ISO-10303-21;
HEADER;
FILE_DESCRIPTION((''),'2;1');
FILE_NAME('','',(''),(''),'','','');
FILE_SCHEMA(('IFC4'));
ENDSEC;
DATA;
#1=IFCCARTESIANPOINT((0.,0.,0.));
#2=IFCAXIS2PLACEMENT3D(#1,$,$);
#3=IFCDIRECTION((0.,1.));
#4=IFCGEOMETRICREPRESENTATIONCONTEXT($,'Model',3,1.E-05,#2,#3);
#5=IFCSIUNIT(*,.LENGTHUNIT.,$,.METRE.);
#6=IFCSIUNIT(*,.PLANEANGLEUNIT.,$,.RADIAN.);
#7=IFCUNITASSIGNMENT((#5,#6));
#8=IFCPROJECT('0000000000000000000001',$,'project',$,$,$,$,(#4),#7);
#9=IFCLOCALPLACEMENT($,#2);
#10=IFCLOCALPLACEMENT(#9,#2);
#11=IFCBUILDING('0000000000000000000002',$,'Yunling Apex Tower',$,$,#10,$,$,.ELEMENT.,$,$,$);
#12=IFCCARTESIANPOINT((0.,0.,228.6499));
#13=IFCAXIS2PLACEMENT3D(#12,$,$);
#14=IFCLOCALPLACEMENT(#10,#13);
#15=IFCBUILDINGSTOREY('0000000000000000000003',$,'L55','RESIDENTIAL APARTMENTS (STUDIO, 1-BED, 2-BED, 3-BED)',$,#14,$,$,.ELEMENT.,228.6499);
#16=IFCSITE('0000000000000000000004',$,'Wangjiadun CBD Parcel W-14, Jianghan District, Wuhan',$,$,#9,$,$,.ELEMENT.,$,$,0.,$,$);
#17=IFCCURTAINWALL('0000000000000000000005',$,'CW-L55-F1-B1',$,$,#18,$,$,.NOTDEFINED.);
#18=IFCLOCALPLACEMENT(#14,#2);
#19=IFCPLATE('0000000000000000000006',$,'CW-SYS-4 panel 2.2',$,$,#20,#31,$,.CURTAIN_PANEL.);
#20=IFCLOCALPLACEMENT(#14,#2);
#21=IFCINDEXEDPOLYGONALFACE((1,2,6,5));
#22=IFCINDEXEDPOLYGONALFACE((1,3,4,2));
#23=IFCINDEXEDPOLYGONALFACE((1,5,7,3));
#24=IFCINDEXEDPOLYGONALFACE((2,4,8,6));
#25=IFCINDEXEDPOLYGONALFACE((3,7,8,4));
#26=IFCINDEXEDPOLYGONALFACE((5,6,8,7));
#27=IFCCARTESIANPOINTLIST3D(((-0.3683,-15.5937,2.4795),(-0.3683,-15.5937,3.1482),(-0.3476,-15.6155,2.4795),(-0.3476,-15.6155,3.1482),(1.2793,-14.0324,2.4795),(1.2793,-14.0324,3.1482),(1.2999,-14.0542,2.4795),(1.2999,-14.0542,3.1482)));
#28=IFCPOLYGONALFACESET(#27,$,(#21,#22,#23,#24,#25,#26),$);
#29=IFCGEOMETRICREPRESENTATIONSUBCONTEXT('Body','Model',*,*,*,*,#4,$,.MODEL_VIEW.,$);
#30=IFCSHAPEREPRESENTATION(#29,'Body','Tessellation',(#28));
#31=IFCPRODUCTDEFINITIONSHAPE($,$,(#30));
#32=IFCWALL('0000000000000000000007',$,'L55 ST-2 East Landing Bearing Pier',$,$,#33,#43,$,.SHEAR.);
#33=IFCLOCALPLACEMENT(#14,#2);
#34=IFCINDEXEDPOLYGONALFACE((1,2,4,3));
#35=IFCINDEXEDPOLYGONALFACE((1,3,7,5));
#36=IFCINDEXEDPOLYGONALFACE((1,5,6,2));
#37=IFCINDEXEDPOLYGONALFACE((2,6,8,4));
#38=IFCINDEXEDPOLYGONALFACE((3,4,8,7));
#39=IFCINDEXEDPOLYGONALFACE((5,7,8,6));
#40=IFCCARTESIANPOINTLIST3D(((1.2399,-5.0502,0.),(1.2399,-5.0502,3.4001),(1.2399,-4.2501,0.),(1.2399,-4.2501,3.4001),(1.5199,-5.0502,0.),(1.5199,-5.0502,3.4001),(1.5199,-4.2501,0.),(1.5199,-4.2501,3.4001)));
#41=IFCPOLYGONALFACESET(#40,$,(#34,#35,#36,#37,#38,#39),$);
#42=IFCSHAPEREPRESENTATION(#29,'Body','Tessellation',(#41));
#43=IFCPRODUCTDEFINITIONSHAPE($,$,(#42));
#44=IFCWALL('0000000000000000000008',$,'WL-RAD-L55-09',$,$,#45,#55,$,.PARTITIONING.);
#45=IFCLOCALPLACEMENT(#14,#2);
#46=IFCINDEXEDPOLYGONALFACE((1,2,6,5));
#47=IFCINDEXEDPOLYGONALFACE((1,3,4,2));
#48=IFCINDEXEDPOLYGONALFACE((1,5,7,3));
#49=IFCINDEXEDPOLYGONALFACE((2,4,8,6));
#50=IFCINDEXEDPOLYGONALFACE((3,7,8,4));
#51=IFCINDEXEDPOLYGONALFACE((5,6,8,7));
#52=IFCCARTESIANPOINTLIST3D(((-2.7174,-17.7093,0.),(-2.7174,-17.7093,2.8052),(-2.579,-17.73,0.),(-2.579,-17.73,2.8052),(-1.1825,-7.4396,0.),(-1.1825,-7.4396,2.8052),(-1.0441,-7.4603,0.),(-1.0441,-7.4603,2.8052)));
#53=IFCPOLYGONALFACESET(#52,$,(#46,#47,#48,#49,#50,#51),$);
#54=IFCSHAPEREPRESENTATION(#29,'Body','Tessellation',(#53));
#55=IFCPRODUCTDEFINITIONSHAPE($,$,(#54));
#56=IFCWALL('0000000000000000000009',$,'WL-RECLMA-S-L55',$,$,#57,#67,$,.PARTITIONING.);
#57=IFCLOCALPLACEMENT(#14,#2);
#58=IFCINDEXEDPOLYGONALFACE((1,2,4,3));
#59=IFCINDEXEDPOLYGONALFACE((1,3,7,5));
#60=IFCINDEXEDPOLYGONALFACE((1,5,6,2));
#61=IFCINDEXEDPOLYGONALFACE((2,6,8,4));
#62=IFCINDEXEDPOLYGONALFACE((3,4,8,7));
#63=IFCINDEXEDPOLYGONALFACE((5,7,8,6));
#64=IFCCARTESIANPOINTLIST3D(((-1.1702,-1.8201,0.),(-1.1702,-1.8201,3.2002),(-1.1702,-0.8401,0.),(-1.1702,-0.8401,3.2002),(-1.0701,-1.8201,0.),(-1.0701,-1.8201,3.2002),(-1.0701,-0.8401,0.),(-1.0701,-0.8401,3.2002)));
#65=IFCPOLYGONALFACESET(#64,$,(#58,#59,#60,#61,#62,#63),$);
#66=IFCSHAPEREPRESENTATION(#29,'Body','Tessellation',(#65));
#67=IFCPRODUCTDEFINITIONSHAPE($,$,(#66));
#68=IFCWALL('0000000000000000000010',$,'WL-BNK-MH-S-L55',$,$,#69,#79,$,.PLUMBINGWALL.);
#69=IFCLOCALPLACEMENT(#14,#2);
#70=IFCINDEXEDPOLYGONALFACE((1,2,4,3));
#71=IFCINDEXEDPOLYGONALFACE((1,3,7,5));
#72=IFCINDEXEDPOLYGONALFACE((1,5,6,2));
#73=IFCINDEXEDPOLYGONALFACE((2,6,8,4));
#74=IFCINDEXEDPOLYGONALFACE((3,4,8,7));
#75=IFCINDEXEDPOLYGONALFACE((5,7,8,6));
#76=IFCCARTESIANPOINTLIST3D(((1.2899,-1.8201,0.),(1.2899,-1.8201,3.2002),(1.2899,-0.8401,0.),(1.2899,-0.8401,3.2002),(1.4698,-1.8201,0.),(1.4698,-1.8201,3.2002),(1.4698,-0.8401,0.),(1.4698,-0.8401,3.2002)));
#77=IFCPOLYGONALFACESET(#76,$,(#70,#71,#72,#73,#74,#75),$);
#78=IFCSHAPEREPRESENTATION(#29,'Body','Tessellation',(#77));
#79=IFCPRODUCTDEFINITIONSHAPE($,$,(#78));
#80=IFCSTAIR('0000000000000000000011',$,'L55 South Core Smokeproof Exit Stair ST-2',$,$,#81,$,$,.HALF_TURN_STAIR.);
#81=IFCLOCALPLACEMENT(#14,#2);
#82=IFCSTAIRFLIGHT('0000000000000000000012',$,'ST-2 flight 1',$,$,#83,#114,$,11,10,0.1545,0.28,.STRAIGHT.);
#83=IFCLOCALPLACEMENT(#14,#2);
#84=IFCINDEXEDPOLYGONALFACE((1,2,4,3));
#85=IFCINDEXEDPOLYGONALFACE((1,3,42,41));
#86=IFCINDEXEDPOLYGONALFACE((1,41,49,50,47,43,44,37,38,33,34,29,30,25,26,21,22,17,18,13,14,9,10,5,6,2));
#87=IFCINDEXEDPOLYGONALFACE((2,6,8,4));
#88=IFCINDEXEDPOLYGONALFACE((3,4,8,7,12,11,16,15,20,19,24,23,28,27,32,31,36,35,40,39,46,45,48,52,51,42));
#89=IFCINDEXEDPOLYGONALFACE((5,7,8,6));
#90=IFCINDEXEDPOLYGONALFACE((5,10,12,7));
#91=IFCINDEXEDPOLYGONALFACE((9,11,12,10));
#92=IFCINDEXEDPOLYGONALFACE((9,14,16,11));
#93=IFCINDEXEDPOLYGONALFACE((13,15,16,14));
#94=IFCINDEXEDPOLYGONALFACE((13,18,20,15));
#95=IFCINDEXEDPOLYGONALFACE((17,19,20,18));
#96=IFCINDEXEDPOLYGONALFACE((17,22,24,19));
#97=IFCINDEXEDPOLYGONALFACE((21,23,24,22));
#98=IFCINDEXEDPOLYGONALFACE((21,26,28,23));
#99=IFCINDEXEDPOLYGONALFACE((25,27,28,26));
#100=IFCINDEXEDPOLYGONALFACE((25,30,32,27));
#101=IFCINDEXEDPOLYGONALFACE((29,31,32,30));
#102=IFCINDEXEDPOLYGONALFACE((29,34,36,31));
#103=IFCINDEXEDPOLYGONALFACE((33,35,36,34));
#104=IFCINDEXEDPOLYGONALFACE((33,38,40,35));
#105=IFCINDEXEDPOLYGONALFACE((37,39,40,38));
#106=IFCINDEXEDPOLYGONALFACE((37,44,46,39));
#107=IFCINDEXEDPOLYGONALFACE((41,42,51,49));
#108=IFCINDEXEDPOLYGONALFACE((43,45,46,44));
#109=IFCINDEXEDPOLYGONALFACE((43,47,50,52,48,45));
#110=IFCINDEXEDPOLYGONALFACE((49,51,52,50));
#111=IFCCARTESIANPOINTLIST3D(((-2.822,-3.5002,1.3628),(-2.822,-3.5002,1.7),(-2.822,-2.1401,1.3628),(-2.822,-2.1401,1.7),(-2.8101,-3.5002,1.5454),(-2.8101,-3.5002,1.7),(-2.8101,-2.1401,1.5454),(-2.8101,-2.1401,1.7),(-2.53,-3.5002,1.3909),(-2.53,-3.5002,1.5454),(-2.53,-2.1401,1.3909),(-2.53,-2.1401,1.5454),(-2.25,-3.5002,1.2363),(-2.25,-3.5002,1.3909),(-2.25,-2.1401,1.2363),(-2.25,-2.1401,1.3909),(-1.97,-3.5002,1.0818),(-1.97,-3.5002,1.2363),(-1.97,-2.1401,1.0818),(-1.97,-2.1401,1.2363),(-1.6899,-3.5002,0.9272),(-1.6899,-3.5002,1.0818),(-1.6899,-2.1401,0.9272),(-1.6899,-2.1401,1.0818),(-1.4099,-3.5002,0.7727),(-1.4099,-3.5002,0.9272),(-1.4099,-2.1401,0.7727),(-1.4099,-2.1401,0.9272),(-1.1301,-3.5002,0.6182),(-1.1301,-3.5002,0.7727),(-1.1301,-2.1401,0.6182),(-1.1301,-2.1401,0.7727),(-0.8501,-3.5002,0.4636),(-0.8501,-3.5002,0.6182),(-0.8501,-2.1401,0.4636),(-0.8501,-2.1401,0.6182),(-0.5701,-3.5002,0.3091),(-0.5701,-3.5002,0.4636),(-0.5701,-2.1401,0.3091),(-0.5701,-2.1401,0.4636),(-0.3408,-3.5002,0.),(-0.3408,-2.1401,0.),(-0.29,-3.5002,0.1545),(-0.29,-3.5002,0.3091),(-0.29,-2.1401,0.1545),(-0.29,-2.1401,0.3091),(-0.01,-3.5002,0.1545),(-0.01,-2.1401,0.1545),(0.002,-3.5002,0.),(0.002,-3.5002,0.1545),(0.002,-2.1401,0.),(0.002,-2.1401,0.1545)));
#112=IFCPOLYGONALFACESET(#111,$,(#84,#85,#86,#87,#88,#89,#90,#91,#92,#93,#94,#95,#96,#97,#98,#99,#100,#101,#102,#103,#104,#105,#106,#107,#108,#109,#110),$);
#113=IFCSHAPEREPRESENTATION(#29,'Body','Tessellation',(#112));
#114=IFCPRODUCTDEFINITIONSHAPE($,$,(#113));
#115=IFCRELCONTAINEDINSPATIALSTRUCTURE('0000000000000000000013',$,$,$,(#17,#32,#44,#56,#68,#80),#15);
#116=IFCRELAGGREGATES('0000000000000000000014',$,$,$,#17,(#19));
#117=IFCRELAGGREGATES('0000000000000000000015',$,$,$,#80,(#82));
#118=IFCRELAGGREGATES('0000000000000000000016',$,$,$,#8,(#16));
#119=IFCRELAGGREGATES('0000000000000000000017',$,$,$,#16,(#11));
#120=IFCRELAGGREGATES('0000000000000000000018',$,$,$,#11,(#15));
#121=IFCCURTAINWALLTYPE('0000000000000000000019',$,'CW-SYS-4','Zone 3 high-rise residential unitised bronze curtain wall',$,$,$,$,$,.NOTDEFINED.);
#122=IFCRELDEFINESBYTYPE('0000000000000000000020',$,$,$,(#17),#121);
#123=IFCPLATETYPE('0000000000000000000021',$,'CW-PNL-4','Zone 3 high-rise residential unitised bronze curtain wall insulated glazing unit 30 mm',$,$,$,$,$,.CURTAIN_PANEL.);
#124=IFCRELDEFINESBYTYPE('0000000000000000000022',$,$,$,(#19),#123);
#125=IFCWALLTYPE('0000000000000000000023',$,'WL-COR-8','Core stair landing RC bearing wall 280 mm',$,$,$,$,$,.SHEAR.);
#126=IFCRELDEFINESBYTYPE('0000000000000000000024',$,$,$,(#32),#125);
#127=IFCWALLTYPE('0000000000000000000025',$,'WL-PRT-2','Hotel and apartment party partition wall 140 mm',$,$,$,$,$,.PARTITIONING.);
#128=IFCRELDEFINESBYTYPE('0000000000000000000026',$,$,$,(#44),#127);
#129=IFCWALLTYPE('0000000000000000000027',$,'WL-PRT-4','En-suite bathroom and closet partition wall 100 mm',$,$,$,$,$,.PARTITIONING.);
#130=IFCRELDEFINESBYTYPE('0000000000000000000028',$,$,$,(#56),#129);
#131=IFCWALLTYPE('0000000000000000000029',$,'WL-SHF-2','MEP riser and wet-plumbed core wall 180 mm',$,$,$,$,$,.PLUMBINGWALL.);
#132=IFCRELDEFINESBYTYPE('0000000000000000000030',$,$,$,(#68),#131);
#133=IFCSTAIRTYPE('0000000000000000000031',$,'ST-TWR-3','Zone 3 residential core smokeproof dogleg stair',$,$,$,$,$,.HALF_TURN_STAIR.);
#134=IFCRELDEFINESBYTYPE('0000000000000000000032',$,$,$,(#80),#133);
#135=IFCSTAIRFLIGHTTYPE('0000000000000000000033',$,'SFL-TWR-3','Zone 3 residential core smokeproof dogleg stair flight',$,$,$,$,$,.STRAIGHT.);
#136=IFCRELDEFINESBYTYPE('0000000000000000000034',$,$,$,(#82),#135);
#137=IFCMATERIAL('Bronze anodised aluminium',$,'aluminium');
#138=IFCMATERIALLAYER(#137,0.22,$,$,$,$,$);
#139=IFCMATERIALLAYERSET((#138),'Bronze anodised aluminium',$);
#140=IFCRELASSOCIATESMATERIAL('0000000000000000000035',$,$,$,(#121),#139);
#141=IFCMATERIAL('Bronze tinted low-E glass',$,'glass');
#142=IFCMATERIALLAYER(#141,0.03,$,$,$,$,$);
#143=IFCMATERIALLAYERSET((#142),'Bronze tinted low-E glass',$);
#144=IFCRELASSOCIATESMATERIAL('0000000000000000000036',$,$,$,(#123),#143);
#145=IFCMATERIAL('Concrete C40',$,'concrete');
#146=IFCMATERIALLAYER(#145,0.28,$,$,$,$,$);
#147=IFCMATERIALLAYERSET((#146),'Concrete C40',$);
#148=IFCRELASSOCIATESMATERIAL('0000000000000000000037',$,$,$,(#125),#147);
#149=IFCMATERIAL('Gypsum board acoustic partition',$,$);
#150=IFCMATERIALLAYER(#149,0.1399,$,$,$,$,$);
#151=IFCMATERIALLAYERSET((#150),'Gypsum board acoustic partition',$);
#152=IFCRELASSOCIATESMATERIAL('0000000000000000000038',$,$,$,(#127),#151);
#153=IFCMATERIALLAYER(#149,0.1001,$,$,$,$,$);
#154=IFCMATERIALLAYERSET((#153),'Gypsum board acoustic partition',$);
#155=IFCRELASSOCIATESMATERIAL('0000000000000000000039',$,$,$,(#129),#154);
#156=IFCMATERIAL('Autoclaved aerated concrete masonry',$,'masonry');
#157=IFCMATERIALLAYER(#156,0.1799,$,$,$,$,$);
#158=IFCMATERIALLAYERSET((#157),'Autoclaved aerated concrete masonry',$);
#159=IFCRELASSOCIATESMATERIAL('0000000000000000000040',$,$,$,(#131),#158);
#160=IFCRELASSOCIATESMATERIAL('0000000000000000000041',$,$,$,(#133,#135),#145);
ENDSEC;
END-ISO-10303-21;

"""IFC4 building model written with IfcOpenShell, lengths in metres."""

from ifc_helpers import new_model, si_unit, direction, frame, frame_2d, origin, origin_2d, place, context, subcontext, project, spatial, polyline, rectangle, outline, extrude, source, transform, mapped, material, layer, layer_set, type_object, element, aggregate, save


model = new_model("IFC4")

# Units and contexts
model_context = context("Model", 3, precision=1e-05, world=origin(), true_north=direction((0.0, 1.0)))
body_context = subcontext(model_context, "Body", "Model", "MODEL_VIEW")
ifc_project = project(units=[si_unit("LENGTHUNIT", "METRE"), si_unit("PLANEANGLEUNIT", "RADIAN")], contexts=[model_context])

# Site, building, storey
site_placement = place(None, origin())
site = spatial("IfcSite", under=ifc_project, at=site_placement, Name="Wangjiadun CBD Parcel W-14, Jianghan District, Wuhan", CompositionType="ELEMENT", RefElevation=0.0)
building_placement = place(site_placement, origin())
building = spatial("IfcBuilding", under=site, at=building_placement, Name="Yunling Apex Tower", CompositionType="ELEMENT")
storey_placement = place(building_placement, frame((0.0, 0.0, 228.6499)))
storey = spatial("IfcBuildingStorey", under=building, at=storey_placement, Name="L55", Description="RESIDENTIAL APARTMENTS (STUDIO, 1-BED, 2-BED, 3-BED)", CompositionType="ELEMENT", Elevation=228.6499)

# Curtain wall
ifc_material_1 = material(Name="Bronze anodised aluminium", Category="aluminium")
ifc_layer_1 = layer(ifc_material_1, 0.22)
ifc_layer_set_1 = layer_set([ifc_layer_1], Name="Bronze anodised aluminium")
curtain_wall_type = type_object("IfcCurtainWallType", Name="CW-SYS-4", Description="Zone 3 high-rise residential unitised bronze curtain wall", PredefinedType="NOTDEFINED", material=ifc_layer_set_1)
curtain_wall_1_placement = place(storey_placement, origin())
curtain_wall_1 = element("IfcCurtainWall", 1, at=curtain_wall_1_placement, inside=storey, type_object=curtain_wall_type, Name="CW-L55-F1-B1", PredefinedType="NOTDEFINED")

# Plate
ifc_material_2 = material(Name="Bronze tinted low-E glass", Category="glass")
ifc_layer_2 = layer(ifc_material_2, 0.03)
ifc_layer_set_2 = layer_set([ifc_layer_2], Name="Bronze tinted low-E glass")
plate_type = type_object("IfcPlateType", Name="CW-PNL-4", Description="Zone 3 high-rise residential unitised bronze curtain wall insulated glazing unit 30 mm", PredefinedType="CURTAIN_PANEL", material=ifc_layer_set_2)
shared_shape_1 = source(origin(), body_context, "Body", "SweptSolid", [
    extrude(rectangle(XDim=2.2698, YDim=0.03, at=origin_2d()), origin(), (0.0, 0.0, 1.0), 0.6687),
])
plate_1_placement = place(storey_placement, frame((0.4658, -14.824, 2.4795), z_axis=(0.0, 0.0, 1.0), x_axis=(0.725855, 0.687848, 0.0)))
plate_1 = element("IfcPlate", 2, at=plate_1_placement, type_object=plate_type, Name="CW-SYS-4 panel 2.2", PredefinedType="CURTAIN_PANEL", context=body_context, shape_type="MappedRepresentation", body=[
    mapped(shared_shape_1, transform((0.0, 0.0, 0.0), scale=1.0)),
])
aggregate(curtain_wall_1, [plate_1])

# Walls
ifc_material_3 = material(Name="Concrete C40", Category="concrete")
ifc_layer_3 = layer(ifc_material_3, 0.28)
ifc_layer_set_3 = layer_set([ifc_layer_3], Name="Concrete C40")
wall_type_1 = type_object("IfcWallType", Name="WL-COR-8", Description="Core stair landing RC bearing wall 280 mm", PredefinedType="SHEAR", material=ifc_layer_set_3)
wall_1_placement = place(storey_placement, frame((1.3799, -5.05, 0.0), z_axis=(0.0, 0.0, 1.0), x_axis=(0.0, 1.0, 0.0)))
element("IfcWall", 3, at=wall_1_placement, inside=storey, type_object=wall_type_1, Name="L55 ST-2 East Landing Bearing Pier", PredefinedType="SHEAR", context=body_context, shape_type="SweptSolid", body=[
    extrude(rectangle(XDim=0.8, YDim=0.28, at=frame_2d((0.3999, 0.0))), origin(), (0.0, 0.0, 1.0), 3.4001),
])
ifc_material_4 = material(Name="Gypsum board acoustic partition")
ifc_layer_4 = layer(ifc_material_4, 0.1399)
ifc_layer_set_4 = layer_set([ifc_layer_4], Name="Gypsum board acoustic partition")
wall_type_2 = type_object("IfcWallType", Name="WL-PRT-2", Description="Hotel and apartment party partition wall 140 mm", PredefinedType="PARTITIONING", material=ifc_layer_set_4)
wall_2_placement = place(storey_placement, frame((-1.1133, -7.45, 0.0), z_axis=(0.0, 0.0, 1.0), x_axis=(-0.147817, -0.989015, 0.0)))
element("IfcWall", 4, at=wall_2_placement, inside=storey, type_object=wall_type_2, Name="WL-RAD-L55-09", PredefinedType="PARTITIONING", context=body_context, shape_type="SweptSolid", body=[
    extrude(rectangle(XDim=10.3838, YDim=0.1399, at=frame_2d((5.1919, 0.0))), origin(), (0.0, 0.0, 1.0), 2.8052),
])
ifc_layer_5 = layer(ifc_material_4, 0.1001)
ifc_layer_set_5 = layer_set([ifc_layer_5], Name="Gypsum board acoustic partition")
wall_type_3 = type_object("IfcWallType", Name="WL-PRT-4", Description="En-suite bathroom and closet partition wall 100 mm", PredefinedType="PARTITIONING", material=ifc_layer_set_5)
wall_3_placement = place(storey_placement, frame((-1.1201, -1.8201, 0.0), z_axis=(0.0, 0.0, 1.0), x_axis=(0.0, 1.0, 0.0)))
element("IfcWall", 5, at=wall_3_placement, inside=storey, type_object=wall_type_3, Name="WL-RECLMA-S-L55", PredefinedType="PARTITIONING", context=body_context, shape_type="SweptSolid", body=[
    extrude(rectangle(XDim=0.98, YDim=0.1001, at=frame_2d((0.49, 0.0))), origin(), (0.0, 0.0, 1.0), 3.2002),
])

# Shared definitions
ifc_material_5 = material(Name="Autoclaved aerated concrete masonry", Category="masonry")

# Wall
ifc_layer_6 = layer(ifc_material_5, 0.1799)
ifc_layer_set_6 = layer_set([ifc_layer_6], Name="Autoclaved aerated concrete masonry")
wall_type_4 = type_object("IfcWallType", Name="WL-SHF-2", Description="MEP riser and wet-plumbed core wall 180 mm", PredefinedType="PLUMBINGWALL", material=ifc_layer_set_6)
wall_4_placement = place(storey_placement, frame((1.3799, -1.8201, 0.0), z_axis=(0.0, 0.0, 1.0), x_axis=(0.0, 1.0, 0.0)))
element("IfcWall", 6, at=wall_4_placement, inside=storey, type_object=wall_type_4, Name="WL-BNK-MH-S-L55", PredefinedType="PLUMBINGWALL", context=body_context, shape_type="SweptSolid", body=[
    extrude(rectangle(XDim=0.98, YDim=0.1799, at=frame_2d((0.49, 0.0))), origin(), (0.0, 0.0, 1.0), 3.2002),
])

# Stair, stair flight
stair_type = type_object("IfcStairType", Name="ST-TWR-3", Description="Zone 3 residential core smokeproof dogleg stair", PredefinedType="HALF_TURN_STAIR", material=ifc_material_3)
stair_placement = place(storey_placement, origin())
stair = element("IfcStair", 7, at=stair_placement, inside=storey, type_object=stair_type, Name="L55 South Core Smokeproof Exit Stair ST-2", PredefinedType="HALF_TURN_STAIR")
stair_flight_type = type_object("IfcStairFlightType", Name="SFL-TWR-3", Description="Zone 3 residential core smokeproof dogleg stair flight", PredefinedType="STRAIGHT", material=ifc_material_3)
stair_flight_placement = place(storey_placement, frame((-0.01, -2.8201, 0.0), z_axis=(0.0, 0.0, 1.0), x_axis=(-1.0, 0.0, 0.0)))
stair_flight = element("IfcStairFlight", 8, at=stair_flight_placement, type_object=stair_flight_type, Name="ST-2 flight 1", NumberOfRisers=11, NumberOfTreads=10, PredefinedType="STRAIGHT", RiserHeight=0.1545, TreadLength=0.28, context=body_context, shape_type="SweptSolid", body=[
    extrude(outline(polyline([(-0.012, 0.0), (-0.012, 0.1545), (0.0, 0.1545), (0.28, 0.1545), (0.28, 0.3091), (0.5601, 0.3091), (0.5601, 0.4636), (0.8401, 0.4636), (0.8401, 0.6182), (1.1201, 0.6182), (1.1201, 0.7727), (1.3999, 0.7727), (1.3999, 0.9272), (1.6799, 0.9272), (1.6799, 1.0818), (1.96, 1.0818), (1.96, 1.2363), (2.24, 1.2363), (2.24, 1.3909), (2.52, 1.3909), (2.52, 1.5454), (2.8, 1.5454), (2.8, 1.7), (2.812, 1.7), (2.812, 1.3628), (0.3308, 0.0), (-0.012, 0.0)])), frame((0.0, 0.6802, 0.0), z_axis=(0.0, -1.0, 0.0), x_axis=(1.0, 0.0, 0.0)), (0.0, 0.0, 1.0), 1.3601),
])
aggregate(stair, [stair_flight])

save(model, "model.ifc")
